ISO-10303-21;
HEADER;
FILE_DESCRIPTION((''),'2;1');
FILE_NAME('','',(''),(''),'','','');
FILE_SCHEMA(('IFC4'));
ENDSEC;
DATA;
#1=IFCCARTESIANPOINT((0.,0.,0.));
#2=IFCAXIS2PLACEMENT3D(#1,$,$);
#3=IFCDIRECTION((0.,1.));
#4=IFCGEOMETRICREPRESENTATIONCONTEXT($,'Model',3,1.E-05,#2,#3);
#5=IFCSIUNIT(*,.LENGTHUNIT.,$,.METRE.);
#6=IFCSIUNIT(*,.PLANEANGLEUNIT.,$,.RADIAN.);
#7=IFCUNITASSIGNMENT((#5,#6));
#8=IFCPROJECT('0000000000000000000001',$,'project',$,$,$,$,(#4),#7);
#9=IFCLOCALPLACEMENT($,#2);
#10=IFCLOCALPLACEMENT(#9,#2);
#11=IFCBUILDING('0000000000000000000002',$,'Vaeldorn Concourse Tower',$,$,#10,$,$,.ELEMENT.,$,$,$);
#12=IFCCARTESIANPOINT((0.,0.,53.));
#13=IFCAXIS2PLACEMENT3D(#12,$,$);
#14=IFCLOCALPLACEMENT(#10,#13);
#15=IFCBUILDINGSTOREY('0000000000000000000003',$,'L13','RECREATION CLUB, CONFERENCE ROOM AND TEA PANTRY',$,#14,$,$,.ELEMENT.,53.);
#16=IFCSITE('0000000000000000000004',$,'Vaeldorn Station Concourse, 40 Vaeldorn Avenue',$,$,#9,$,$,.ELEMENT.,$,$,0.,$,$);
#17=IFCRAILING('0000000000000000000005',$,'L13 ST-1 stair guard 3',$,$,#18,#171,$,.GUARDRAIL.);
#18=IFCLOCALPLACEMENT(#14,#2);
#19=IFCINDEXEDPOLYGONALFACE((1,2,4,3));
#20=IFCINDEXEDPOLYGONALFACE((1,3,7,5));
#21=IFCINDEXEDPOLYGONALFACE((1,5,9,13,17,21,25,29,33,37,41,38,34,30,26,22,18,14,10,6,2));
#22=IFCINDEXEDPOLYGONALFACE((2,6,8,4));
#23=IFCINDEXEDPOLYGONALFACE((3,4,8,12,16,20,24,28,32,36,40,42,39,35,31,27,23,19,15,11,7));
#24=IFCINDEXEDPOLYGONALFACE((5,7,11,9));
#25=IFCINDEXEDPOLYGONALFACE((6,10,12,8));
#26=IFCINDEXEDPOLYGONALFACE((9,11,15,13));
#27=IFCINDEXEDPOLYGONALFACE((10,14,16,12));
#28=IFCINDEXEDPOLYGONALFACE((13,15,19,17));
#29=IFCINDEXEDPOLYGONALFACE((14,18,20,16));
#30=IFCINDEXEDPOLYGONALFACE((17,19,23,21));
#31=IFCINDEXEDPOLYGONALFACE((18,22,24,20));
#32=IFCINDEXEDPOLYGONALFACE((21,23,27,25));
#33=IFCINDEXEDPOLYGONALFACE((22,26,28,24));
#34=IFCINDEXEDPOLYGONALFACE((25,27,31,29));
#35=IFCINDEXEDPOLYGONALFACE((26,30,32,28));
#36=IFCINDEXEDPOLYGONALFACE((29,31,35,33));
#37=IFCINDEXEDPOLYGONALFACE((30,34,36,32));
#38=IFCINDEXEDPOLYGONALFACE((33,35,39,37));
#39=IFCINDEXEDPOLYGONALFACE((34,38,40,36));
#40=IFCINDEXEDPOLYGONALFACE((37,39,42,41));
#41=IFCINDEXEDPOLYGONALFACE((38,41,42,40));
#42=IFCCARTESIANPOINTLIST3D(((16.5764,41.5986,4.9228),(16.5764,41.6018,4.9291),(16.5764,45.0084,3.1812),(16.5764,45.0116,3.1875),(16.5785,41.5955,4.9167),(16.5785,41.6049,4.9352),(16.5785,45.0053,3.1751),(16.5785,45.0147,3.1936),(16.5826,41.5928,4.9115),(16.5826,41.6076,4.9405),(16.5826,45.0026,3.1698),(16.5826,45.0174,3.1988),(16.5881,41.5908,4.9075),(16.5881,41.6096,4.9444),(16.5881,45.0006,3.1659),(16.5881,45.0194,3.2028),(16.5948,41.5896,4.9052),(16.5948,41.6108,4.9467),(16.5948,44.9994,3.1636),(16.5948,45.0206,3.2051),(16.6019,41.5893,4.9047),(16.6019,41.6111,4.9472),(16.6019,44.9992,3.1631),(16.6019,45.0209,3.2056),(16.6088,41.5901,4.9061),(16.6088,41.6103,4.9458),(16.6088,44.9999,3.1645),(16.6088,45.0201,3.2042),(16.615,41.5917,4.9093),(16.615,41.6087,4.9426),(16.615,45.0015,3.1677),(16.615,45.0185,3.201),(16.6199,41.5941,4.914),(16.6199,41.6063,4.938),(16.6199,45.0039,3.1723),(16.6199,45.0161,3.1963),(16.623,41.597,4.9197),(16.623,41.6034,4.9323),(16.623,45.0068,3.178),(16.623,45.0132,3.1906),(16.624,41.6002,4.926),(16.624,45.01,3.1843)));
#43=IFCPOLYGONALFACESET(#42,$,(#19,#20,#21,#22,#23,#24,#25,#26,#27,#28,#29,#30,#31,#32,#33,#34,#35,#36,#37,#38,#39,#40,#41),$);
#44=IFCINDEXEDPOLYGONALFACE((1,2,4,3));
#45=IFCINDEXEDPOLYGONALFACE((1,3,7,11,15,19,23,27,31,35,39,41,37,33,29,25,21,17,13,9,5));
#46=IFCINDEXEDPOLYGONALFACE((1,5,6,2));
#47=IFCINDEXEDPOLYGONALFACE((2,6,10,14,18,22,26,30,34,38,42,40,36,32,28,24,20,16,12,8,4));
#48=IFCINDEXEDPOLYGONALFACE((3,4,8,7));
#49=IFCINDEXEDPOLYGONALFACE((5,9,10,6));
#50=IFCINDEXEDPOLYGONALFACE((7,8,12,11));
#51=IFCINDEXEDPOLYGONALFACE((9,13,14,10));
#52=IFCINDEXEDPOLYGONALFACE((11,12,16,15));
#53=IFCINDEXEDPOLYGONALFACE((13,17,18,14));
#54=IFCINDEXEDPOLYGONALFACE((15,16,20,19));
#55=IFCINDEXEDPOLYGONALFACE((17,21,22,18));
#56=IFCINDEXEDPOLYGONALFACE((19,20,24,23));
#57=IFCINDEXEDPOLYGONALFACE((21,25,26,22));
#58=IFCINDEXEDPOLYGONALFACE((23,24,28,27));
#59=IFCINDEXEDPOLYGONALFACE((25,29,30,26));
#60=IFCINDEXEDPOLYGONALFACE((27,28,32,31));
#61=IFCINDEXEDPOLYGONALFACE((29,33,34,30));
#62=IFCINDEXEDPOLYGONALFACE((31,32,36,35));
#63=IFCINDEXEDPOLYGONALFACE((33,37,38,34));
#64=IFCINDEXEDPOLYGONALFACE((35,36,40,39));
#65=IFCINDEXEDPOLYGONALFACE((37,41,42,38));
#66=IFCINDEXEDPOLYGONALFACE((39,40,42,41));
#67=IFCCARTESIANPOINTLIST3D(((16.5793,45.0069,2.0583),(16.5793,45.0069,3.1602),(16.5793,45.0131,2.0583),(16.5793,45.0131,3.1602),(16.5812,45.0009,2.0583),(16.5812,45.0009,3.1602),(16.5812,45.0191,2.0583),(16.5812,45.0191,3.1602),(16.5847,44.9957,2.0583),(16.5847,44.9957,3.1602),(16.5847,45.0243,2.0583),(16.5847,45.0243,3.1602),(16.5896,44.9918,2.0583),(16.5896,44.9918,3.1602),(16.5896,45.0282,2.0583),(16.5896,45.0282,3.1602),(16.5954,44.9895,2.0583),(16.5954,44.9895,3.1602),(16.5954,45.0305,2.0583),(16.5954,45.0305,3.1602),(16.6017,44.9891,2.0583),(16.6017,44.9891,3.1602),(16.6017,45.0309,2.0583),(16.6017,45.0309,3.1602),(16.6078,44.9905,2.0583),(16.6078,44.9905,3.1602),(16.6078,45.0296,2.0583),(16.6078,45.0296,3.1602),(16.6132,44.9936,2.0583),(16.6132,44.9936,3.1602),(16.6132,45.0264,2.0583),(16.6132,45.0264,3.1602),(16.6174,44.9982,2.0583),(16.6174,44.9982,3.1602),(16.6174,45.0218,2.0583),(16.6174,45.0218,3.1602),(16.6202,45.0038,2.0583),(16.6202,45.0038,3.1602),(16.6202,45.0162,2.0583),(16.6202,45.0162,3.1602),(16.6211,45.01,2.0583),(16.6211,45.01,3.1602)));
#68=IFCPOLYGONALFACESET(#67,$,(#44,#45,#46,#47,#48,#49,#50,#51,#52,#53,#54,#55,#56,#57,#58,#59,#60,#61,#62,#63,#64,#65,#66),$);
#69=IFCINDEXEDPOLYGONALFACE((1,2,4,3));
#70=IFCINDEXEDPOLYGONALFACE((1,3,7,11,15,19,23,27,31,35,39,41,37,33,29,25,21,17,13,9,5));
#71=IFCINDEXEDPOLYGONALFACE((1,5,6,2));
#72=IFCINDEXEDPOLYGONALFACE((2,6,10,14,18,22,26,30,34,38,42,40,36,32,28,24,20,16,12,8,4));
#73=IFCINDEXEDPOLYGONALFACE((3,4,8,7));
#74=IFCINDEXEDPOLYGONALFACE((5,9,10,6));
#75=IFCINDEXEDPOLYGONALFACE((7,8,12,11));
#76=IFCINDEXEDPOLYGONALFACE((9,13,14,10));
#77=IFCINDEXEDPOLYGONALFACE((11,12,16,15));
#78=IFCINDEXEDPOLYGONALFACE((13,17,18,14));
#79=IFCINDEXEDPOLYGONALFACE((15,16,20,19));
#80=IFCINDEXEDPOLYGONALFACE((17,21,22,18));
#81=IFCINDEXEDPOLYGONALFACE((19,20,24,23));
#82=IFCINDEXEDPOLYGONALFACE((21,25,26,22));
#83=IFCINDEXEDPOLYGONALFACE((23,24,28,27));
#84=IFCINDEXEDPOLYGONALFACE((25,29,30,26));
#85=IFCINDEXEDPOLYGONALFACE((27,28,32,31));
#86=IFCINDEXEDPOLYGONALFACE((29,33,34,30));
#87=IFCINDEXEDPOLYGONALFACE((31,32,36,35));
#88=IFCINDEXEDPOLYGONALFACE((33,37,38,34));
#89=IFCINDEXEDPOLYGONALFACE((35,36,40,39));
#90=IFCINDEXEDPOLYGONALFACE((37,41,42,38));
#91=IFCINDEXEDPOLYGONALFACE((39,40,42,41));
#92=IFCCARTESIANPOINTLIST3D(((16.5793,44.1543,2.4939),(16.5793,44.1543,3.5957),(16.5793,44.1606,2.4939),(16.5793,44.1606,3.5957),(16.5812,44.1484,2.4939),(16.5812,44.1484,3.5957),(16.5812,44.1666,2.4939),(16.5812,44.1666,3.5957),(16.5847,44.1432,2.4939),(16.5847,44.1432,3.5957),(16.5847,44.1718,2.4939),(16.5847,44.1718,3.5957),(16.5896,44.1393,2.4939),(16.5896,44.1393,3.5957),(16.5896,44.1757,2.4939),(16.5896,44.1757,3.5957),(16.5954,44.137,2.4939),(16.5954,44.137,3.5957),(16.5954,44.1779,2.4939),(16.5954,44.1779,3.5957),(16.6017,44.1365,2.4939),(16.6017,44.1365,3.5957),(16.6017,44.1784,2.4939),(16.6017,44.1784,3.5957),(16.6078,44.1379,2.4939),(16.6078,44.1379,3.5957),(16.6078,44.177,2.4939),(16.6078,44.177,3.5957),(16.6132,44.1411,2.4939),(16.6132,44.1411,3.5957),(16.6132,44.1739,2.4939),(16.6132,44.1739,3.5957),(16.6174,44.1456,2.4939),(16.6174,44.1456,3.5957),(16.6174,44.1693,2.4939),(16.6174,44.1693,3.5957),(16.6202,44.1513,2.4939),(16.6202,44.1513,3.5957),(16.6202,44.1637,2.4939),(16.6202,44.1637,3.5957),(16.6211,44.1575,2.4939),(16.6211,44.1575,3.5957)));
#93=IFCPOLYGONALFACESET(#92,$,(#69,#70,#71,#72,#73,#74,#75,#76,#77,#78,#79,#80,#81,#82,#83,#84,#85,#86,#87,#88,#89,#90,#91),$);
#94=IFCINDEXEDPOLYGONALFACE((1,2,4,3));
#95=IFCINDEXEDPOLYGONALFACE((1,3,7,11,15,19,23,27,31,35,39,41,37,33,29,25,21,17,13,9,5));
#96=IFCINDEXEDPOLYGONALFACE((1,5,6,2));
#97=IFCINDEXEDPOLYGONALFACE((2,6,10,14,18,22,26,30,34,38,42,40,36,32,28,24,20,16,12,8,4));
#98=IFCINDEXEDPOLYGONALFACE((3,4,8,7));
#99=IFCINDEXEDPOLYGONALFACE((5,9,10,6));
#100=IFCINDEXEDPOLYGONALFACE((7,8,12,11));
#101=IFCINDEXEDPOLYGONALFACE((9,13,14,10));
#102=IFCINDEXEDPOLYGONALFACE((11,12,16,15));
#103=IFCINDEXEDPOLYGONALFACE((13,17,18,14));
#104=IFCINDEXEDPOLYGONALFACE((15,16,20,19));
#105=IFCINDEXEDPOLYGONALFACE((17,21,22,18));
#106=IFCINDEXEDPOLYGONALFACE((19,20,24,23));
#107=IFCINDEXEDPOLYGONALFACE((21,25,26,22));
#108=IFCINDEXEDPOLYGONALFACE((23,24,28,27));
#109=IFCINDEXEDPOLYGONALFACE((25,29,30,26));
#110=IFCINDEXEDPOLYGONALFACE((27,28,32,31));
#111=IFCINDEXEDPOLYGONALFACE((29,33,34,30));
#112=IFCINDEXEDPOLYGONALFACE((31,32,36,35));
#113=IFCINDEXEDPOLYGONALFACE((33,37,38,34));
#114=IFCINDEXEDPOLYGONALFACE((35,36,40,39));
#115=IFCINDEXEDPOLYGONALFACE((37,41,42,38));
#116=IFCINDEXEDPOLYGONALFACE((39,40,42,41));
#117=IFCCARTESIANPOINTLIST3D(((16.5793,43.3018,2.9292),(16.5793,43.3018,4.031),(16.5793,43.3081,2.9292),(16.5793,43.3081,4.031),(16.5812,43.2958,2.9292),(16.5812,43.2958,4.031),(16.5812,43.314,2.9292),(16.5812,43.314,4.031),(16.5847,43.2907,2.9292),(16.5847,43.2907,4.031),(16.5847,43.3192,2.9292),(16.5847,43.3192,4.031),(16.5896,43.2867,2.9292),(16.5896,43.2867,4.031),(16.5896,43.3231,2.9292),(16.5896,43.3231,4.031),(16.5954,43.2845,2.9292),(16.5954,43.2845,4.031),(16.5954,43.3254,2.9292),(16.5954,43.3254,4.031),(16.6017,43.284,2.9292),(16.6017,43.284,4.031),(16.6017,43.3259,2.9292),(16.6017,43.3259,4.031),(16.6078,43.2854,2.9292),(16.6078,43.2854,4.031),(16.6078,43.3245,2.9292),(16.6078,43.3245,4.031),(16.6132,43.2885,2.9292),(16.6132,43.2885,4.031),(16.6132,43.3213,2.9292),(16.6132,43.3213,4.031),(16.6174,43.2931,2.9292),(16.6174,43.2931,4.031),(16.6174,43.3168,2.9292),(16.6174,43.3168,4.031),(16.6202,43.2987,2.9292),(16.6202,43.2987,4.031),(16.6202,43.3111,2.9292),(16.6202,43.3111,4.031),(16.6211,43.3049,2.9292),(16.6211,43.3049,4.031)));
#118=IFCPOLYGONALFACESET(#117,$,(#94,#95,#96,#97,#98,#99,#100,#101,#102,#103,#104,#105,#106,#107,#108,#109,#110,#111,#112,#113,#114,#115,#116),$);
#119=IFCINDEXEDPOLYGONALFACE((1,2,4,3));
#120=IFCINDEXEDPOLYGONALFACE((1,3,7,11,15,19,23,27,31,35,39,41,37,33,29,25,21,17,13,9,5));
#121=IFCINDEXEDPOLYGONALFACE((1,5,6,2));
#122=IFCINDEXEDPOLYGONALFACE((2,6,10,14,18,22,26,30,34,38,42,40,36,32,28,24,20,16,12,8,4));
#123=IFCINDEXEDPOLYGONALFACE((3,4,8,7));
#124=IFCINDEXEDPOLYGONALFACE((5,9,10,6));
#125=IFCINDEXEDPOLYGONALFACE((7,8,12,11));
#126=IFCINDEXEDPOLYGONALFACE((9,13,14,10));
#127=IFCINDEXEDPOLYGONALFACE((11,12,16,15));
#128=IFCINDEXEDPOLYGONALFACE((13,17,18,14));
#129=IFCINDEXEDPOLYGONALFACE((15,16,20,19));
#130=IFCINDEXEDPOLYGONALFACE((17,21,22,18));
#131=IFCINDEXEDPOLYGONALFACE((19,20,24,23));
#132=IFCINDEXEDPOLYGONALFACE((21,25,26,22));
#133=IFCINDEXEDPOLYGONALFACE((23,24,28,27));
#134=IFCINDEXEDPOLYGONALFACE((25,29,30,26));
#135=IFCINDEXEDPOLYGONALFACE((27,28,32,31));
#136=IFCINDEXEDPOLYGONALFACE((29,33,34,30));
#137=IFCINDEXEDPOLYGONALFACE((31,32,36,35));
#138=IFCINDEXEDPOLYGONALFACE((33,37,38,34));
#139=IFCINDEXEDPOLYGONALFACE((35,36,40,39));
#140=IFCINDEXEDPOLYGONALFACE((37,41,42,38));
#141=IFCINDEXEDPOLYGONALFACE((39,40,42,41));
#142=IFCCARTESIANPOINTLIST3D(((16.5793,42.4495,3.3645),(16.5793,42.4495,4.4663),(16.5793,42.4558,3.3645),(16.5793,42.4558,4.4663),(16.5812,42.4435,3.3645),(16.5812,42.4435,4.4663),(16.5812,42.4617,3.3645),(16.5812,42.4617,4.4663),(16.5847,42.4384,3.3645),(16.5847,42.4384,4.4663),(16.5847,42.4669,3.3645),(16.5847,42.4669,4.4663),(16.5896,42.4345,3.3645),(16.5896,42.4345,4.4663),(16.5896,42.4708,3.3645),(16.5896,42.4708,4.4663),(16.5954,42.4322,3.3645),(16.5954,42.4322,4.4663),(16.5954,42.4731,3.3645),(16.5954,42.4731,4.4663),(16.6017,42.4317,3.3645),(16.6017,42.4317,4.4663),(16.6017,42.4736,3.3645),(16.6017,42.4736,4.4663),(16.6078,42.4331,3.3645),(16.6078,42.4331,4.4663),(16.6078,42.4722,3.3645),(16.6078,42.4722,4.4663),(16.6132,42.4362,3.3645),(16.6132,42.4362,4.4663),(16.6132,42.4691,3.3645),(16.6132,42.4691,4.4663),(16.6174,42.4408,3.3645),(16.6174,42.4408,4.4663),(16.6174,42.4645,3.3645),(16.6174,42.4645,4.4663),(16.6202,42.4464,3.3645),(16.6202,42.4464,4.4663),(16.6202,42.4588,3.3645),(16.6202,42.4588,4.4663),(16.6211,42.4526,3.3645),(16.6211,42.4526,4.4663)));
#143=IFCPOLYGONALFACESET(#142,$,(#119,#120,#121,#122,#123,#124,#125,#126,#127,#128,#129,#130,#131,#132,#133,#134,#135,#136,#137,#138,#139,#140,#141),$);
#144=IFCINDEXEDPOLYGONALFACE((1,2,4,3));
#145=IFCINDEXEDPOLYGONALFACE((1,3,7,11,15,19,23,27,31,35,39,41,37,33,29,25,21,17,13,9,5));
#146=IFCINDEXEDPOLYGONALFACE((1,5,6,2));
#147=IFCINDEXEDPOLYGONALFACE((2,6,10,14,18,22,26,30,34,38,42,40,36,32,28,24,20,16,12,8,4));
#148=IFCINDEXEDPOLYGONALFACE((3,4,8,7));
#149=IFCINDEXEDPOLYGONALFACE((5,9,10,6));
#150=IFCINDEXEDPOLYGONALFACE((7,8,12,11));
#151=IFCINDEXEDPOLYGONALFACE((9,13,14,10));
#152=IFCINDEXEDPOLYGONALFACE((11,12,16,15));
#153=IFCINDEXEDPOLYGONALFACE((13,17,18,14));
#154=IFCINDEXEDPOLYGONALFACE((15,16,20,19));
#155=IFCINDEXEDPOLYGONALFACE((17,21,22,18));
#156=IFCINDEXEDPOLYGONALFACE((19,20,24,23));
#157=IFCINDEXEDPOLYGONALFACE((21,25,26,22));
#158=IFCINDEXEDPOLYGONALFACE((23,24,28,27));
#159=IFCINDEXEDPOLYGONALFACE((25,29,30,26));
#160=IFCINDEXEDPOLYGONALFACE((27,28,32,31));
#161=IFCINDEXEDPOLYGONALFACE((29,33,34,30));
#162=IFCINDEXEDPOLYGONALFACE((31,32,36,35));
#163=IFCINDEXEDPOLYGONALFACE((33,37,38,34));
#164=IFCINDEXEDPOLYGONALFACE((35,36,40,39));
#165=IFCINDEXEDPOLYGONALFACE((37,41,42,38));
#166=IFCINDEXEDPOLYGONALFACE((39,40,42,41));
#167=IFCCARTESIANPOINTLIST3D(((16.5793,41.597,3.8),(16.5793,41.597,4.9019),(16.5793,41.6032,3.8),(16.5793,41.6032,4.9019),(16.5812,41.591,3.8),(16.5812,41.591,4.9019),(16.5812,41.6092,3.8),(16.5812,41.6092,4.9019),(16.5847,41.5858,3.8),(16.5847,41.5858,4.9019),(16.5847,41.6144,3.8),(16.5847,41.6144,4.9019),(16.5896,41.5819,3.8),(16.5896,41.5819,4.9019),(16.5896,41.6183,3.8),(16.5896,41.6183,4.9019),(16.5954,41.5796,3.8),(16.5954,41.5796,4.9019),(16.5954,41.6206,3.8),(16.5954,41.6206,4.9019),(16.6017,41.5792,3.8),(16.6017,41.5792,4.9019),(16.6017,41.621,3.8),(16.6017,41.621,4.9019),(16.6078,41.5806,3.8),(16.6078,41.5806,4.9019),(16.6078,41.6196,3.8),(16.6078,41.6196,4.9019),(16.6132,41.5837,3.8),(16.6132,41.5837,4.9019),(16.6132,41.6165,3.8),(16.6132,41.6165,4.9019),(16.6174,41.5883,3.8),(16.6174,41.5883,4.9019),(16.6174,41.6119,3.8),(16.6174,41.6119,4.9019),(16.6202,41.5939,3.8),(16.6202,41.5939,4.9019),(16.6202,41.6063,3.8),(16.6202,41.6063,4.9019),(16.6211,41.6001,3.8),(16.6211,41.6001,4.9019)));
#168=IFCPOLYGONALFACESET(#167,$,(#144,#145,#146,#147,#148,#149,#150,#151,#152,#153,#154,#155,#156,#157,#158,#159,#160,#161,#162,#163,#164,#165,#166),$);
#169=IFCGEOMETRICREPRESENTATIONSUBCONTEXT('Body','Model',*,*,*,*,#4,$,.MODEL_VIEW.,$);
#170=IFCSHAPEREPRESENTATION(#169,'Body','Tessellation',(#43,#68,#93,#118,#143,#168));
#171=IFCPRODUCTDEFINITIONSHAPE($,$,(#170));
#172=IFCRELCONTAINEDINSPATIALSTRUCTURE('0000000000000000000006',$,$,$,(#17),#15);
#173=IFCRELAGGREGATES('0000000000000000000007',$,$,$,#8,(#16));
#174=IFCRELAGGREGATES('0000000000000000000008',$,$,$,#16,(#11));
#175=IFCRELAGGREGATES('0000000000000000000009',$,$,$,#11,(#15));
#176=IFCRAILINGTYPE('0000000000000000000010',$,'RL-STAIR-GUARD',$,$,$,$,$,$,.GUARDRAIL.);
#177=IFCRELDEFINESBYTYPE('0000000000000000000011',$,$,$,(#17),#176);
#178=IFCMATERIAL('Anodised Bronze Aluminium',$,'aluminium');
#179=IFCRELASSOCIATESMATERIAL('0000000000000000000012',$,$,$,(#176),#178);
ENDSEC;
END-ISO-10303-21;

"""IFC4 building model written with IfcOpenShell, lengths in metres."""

from ifc_helpers import new_model, si_unit, direction, frame, origin, origin_2d, place, context, subcontext, project, spatial, circle, extrude, material, type_object, element, save


model = new_model("IFC4")

# Units and contexts
model_context = context("Model", 3, precision=1e-05, world=origin(), true_north=direction((0.0, 1.0)))
body_context = subcontext(model_context, "Body", "Model", "MODEL_VIEW")
ifc_project = project(units=[si_unit("LENGTHUNIT", "METRE"), si_unit("PLANEANGLEUNIT", "RADIAN")], contexts=[model_context])

# Site, building, storey
site_placement = place(None, origin())
site = spatial("IfcSite", under=ifc_project, at=site_placement, Name="Vaeldorn Station Concourse, 40 Vaeldorn Avenue", CompositionType="ELEMENT", RefElevation=0.0)
building_placement = place(site_placement, origin())
building = spatial("IfcBuilding", under=site, at=building_placement, Name="Vaeldorn Concourse Tower", CompositionType="ELEMENT")
storey_placement = place(building_placement, frame((0.0, 0.0, 53.0)))
storey = spatial("IfcBuildingStorey", under=building, at=storey_placement, Name="L13", Description="RECREATION CLUB, CONFERENCE ROOM AND TEA PANTRY", CompositionType="ELEMENT", Elevation=53.0)

# Shared definitions
ifc_material_1 = material(Name="Anodised Bronze Aluminium", Category="aluminium")

# Railing
railing_type_1 = type_object("IfcRailingType", Name="RL-STAIR-GUARD", PredefinedType="GUARDRAIL", material=ifc_material_1)
railing_1_placement = place(storey_placement, frame((16.6001, 45.01, 2.0583)))
element("IfcRailing", 1, at=railing_1_placement, inside=storey, type_object=railing_type_1, Name="L13 ST-1 stair guard 3", PredefinedType="GUARDRAIL", context=body_context, shape_type="SweptSolid", body=[
    extrude(circle(Radius=0.0239, at=origin_2d()), frame((0.0, 0.0, 1.126), z_axis=(0.0, -0.890556, 0.454874), x_axis=(1.0, 0.0, 0.0)), (0.0, 0.0, 1.0), 3.8289),
    extrude(circle(Radius=0.021, at=origin_2d()), origin(), (0.0, 0.0, 1.0), 1.1018),
    extrude(circle(Radius=0.021, at=origin_2d()), frame((0.0, -0.8525, 0.4355)), (0.0, 0.0, 1.0), 1.1018),
    extrude(circle(Radius=0.021, at=origin_2d()), frame((0.0, -1.7051, 0.8708)), (0.0, 0.0, 1.0), 1.1018),
    extrude(circle(Radius=0.021, at=origin_2d()), frame((0.0, -2.5574, 1.3062)), (0.0, 0.0, 1.0), 1.1018),
    extrude(circle(Radius=0.021, at=origin_2d()), frame((0.0, -3.4099, 1.7417)), (0.0, 0.0, 1.0), 1.1018),
])

save(model, "model.ifc")
